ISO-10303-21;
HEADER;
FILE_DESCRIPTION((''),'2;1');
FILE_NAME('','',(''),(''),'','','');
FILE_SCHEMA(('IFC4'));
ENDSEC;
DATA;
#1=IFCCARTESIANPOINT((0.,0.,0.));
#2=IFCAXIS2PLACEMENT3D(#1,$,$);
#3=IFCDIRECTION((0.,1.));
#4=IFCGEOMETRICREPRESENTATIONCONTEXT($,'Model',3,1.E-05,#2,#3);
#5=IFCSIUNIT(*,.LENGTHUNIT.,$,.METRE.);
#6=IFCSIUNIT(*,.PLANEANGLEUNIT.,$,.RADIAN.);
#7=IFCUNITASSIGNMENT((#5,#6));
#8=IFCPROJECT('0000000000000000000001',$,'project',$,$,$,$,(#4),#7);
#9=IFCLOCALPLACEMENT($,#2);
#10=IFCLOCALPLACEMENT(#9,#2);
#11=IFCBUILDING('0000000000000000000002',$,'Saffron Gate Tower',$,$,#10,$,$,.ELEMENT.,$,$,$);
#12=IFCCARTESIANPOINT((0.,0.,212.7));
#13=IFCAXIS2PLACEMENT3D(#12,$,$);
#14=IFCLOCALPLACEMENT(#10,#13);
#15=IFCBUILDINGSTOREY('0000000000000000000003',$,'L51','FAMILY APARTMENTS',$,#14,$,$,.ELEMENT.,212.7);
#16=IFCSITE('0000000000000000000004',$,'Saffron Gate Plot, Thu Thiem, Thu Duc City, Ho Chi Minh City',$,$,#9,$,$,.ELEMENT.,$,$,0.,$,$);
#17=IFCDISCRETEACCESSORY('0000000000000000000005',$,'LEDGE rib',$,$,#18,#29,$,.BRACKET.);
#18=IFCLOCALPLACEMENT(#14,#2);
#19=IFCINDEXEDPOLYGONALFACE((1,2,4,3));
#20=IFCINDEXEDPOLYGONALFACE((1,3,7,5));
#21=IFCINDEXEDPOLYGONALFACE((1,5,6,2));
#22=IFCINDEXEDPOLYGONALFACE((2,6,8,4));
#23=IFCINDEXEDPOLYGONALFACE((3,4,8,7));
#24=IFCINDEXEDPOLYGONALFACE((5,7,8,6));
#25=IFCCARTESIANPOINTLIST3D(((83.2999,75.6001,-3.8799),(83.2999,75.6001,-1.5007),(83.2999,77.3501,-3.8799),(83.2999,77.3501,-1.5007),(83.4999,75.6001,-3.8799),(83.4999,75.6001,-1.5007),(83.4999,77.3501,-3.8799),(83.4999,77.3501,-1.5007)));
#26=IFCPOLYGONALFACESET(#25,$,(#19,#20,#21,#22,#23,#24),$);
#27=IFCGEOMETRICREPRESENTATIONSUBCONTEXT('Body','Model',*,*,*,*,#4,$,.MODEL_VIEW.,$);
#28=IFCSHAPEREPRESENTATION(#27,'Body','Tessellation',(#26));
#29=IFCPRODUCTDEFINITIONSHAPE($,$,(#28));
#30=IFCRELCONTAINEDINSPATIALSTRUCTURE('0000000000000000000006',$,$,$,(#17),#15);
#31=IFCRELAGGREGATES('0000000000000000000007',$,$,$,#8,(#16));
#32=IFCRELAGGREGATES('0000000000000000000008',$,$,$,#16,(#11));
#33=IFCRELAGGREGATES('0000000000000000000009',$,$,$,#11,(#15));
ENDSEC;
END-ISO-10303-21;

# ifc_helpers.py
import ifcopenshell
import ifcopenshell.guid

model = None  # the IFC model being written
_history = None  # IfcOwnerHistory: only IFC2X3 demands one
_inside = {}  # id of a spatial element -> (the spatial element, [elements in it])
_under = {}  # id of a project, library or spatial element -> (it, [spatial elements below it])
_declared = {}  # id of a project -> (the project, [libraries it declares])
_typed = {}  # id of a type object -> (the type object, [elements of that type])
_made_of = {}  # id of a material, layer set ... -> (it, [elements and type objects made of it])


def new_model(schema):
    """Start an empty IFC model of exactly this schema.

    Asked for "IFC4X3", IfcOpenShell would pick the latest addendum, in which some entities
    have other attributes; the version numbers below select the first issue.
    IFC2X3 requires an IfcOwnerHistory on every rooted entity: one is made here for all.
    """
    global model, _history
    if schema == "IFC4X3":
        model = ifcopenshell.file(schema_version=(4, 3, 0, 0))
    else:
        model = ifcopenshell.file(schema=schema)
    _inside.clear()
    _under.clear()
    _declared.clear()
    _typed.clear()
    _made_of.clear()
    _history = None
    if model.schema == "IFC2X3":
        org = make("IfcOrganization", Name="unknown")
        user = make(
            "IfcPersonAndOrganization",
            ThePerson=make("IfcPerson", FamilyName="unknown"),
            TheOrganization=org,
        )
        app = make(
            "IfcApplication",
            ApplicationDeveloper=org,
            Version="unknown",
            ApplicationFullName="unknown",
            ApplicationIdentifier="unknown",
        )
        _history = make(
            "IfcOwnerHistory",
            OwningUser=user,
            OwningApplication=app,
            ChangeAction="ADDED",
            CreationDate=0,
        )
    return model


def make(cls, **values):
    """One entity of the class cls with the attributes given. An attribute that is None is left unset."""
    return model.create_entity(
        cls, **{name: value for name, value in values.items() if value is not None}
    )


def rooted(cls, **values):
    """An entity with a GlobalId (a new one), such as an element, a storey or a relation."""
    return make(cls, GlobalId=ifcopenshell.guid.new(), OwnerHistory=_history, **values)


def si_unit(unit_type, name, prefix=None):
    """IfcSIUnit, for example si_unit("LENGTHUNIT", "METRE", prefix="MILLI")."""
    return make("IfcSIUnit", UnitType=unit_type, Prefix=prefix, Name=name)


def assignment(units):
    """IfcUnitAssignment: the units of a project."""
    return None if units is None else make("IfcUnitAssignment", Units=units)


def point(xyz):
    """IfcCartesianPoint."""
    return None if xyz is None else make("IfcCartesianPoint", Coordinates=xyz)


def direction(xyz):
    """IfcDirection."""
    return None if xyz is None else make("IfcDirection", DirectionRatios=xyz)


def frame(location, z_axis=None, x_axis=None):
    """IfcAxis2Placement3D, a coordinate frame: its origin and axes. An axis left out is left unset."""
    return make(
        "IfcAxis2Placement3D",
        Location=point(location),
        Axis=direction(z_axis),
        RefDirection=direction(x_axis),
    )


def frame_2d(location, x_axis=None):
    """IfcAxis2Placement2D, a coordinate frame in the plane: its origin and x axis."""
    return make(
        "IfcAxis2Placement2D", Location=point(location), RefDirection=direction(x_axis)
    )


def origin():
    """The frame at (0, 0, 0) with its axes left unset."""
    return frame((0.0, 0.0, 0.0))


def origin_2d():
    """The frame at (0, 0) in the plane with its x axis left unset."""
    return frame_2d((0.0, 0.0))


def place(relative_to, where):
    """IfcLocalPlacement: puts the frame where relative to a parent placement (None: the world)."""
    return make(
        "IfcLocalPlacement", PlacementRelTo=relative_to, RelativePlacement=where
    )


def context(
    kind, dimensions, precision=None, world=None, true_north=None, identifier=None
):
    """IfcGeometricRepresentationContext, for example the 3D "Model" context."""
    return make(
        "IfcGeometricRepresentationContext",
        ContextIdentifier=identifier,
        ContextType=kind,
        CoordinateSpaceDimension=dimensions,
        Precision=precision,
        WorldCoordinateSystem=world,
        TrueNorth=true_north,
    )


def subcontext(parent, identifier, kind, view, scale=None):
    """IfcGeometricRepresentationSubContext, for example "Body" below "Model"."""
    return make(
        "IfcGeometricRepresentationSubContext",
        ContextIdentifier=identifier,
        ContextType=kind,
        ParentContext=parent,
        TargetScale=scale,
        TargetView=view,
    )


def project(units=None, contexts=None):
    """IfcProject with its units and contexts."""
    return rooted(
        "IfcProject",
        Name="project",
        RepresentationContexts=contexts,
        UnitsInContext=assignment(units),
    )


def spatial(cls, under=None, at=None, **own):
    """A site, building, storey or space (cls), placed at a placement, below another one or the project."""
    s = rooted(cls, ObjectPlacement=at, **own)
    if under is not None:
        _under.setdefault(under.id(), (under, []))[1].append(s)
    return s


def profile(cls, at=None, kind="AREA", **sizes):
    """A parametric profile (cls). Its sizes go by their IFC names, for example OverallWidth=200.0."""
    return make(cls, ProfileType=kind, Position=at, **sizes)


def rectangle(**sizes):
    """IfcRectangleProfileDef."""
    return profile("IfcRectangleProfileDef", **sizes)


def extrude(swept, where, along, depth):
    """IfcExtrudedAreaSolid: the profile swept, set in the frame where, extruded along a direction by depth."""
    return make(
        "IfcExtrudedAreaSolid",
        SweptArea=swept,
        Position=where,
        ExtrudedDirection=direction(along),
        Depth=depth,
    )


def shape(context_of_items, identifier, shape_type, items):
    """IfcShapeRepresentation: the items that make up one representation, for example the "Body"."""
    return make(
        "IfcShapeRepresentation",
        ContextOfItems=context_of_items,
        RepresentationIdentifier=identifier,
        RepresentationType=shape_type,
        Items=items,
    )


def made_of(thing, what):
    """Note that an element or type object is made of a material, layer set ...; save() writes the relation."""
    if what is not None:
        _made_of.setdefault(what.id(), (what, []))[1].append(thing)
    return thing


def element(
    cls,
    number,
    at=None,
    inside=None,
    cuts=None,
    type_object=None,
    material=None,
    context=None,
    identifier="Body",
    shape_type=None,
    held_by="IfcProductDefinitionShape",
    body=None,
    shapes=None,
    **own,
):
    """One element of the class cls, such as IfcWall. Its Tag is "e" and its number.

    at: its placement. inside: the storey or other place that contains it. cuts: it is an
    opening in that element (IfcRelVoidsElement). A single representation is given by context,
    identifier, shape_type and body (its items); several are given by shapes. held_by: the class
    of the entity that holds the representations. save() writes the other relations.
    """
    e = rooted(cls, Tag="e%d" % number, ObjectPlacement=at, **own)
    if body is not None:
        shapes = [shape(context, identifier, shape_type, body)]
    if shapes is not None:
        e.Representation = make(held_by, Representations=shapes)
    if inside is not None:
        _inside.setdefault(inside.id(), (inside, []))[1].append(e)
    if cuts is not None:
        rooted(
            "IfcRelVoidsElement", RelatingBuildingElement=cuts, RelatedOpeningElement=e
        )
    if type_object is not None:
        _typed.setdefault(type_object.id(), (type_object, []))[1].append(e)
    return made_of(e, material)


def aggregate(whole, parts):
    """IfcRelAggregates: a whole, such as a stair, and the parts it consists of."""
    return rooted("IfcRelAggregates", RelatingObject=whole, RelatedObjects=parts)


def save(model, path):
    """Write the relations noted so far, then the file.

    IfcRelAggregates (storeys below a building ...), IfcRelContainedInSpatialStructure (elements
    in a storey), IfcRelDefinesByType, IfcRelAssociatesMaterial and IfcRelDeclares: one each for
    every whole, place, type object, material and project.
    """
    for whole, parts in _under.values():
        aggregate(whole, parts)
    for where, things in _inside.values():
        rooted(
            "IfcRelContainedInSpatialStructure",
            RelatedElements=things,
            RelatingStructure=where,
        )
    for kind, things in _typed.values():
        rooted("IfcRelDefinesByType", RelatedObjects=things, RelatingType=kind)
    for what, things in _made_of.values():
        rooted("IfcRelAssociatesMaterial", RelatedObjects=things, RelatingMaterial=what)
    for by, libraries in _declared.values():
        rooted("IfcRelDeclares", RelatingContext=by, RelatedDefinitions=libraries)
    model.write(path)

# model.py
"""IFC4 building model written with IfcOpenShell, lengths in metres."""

from ifc_helpers import new_model, si_unit, direction, frame, origin, origin_2d, place, context, subcontext, project, spatial, rectangle, extrude, element, save


model = new_model("IFC4")

# Units and contexts
model_context = context("Model", 3, precision=1e-05, world=origin(), true_north=direction((0.0, 1.0)))
body_context = subcontext(model_context, "Body", "Model", "MODEL_VIEW")
ifc_project = project(units=[si_unit("LENGTHUNIT", "METRE"), si_unit("PLANEANGLEUNIT", "RADIAN")], contexts=[model_context])

# Site, building, storey
site_placement = place(None, origin())
site = spatial("IfcSite", under=ifc_project, at=site_placement, Name="Saffron Gate Plot, Thu Thiem, Thu Duc City, Ho Chi Minh City", CompositionType="ELEMENT", RefElevation=0.0)
building_placement = place(site_placement, origin())
building = spatial("IfcBuilding", under=site, at=building_placement, Name="Saffron Gate Tower", CompositionType="ELEMENT")
storey_placement = place(building_placement, frame((0.0, 0.0, 212.7)))
storey = spatial("IfcBuildingStorey", under=building, at=storey_placement, Name="L51", Description="FAMILY APARTMENTS", CompositionType="ELEMENT", Elevation=212.7)

# Discrete accessory
discrete_accessory_placement = place(storey_placement, frame((83.3999, 76.4751, -3.8799), z_axis=(0.0, 0.0, 1.0), x_axis=(-1.0, 0.0, 0.0)))
element("IfcDiscreteAccessory", 1, at=discrete_accessory_placement, inside=storey, Name="LEDGE rib", PredefinedType="BRACKET", context=body_context, shape_type="SweptSolid", body=[
    extrude(rectangle(XDim=0.2, YDim=1.75, at=origin_2d()), origin(), (0.0, 0.0, 1.0), 2.3792),
])

save(model, "model.ifc")
